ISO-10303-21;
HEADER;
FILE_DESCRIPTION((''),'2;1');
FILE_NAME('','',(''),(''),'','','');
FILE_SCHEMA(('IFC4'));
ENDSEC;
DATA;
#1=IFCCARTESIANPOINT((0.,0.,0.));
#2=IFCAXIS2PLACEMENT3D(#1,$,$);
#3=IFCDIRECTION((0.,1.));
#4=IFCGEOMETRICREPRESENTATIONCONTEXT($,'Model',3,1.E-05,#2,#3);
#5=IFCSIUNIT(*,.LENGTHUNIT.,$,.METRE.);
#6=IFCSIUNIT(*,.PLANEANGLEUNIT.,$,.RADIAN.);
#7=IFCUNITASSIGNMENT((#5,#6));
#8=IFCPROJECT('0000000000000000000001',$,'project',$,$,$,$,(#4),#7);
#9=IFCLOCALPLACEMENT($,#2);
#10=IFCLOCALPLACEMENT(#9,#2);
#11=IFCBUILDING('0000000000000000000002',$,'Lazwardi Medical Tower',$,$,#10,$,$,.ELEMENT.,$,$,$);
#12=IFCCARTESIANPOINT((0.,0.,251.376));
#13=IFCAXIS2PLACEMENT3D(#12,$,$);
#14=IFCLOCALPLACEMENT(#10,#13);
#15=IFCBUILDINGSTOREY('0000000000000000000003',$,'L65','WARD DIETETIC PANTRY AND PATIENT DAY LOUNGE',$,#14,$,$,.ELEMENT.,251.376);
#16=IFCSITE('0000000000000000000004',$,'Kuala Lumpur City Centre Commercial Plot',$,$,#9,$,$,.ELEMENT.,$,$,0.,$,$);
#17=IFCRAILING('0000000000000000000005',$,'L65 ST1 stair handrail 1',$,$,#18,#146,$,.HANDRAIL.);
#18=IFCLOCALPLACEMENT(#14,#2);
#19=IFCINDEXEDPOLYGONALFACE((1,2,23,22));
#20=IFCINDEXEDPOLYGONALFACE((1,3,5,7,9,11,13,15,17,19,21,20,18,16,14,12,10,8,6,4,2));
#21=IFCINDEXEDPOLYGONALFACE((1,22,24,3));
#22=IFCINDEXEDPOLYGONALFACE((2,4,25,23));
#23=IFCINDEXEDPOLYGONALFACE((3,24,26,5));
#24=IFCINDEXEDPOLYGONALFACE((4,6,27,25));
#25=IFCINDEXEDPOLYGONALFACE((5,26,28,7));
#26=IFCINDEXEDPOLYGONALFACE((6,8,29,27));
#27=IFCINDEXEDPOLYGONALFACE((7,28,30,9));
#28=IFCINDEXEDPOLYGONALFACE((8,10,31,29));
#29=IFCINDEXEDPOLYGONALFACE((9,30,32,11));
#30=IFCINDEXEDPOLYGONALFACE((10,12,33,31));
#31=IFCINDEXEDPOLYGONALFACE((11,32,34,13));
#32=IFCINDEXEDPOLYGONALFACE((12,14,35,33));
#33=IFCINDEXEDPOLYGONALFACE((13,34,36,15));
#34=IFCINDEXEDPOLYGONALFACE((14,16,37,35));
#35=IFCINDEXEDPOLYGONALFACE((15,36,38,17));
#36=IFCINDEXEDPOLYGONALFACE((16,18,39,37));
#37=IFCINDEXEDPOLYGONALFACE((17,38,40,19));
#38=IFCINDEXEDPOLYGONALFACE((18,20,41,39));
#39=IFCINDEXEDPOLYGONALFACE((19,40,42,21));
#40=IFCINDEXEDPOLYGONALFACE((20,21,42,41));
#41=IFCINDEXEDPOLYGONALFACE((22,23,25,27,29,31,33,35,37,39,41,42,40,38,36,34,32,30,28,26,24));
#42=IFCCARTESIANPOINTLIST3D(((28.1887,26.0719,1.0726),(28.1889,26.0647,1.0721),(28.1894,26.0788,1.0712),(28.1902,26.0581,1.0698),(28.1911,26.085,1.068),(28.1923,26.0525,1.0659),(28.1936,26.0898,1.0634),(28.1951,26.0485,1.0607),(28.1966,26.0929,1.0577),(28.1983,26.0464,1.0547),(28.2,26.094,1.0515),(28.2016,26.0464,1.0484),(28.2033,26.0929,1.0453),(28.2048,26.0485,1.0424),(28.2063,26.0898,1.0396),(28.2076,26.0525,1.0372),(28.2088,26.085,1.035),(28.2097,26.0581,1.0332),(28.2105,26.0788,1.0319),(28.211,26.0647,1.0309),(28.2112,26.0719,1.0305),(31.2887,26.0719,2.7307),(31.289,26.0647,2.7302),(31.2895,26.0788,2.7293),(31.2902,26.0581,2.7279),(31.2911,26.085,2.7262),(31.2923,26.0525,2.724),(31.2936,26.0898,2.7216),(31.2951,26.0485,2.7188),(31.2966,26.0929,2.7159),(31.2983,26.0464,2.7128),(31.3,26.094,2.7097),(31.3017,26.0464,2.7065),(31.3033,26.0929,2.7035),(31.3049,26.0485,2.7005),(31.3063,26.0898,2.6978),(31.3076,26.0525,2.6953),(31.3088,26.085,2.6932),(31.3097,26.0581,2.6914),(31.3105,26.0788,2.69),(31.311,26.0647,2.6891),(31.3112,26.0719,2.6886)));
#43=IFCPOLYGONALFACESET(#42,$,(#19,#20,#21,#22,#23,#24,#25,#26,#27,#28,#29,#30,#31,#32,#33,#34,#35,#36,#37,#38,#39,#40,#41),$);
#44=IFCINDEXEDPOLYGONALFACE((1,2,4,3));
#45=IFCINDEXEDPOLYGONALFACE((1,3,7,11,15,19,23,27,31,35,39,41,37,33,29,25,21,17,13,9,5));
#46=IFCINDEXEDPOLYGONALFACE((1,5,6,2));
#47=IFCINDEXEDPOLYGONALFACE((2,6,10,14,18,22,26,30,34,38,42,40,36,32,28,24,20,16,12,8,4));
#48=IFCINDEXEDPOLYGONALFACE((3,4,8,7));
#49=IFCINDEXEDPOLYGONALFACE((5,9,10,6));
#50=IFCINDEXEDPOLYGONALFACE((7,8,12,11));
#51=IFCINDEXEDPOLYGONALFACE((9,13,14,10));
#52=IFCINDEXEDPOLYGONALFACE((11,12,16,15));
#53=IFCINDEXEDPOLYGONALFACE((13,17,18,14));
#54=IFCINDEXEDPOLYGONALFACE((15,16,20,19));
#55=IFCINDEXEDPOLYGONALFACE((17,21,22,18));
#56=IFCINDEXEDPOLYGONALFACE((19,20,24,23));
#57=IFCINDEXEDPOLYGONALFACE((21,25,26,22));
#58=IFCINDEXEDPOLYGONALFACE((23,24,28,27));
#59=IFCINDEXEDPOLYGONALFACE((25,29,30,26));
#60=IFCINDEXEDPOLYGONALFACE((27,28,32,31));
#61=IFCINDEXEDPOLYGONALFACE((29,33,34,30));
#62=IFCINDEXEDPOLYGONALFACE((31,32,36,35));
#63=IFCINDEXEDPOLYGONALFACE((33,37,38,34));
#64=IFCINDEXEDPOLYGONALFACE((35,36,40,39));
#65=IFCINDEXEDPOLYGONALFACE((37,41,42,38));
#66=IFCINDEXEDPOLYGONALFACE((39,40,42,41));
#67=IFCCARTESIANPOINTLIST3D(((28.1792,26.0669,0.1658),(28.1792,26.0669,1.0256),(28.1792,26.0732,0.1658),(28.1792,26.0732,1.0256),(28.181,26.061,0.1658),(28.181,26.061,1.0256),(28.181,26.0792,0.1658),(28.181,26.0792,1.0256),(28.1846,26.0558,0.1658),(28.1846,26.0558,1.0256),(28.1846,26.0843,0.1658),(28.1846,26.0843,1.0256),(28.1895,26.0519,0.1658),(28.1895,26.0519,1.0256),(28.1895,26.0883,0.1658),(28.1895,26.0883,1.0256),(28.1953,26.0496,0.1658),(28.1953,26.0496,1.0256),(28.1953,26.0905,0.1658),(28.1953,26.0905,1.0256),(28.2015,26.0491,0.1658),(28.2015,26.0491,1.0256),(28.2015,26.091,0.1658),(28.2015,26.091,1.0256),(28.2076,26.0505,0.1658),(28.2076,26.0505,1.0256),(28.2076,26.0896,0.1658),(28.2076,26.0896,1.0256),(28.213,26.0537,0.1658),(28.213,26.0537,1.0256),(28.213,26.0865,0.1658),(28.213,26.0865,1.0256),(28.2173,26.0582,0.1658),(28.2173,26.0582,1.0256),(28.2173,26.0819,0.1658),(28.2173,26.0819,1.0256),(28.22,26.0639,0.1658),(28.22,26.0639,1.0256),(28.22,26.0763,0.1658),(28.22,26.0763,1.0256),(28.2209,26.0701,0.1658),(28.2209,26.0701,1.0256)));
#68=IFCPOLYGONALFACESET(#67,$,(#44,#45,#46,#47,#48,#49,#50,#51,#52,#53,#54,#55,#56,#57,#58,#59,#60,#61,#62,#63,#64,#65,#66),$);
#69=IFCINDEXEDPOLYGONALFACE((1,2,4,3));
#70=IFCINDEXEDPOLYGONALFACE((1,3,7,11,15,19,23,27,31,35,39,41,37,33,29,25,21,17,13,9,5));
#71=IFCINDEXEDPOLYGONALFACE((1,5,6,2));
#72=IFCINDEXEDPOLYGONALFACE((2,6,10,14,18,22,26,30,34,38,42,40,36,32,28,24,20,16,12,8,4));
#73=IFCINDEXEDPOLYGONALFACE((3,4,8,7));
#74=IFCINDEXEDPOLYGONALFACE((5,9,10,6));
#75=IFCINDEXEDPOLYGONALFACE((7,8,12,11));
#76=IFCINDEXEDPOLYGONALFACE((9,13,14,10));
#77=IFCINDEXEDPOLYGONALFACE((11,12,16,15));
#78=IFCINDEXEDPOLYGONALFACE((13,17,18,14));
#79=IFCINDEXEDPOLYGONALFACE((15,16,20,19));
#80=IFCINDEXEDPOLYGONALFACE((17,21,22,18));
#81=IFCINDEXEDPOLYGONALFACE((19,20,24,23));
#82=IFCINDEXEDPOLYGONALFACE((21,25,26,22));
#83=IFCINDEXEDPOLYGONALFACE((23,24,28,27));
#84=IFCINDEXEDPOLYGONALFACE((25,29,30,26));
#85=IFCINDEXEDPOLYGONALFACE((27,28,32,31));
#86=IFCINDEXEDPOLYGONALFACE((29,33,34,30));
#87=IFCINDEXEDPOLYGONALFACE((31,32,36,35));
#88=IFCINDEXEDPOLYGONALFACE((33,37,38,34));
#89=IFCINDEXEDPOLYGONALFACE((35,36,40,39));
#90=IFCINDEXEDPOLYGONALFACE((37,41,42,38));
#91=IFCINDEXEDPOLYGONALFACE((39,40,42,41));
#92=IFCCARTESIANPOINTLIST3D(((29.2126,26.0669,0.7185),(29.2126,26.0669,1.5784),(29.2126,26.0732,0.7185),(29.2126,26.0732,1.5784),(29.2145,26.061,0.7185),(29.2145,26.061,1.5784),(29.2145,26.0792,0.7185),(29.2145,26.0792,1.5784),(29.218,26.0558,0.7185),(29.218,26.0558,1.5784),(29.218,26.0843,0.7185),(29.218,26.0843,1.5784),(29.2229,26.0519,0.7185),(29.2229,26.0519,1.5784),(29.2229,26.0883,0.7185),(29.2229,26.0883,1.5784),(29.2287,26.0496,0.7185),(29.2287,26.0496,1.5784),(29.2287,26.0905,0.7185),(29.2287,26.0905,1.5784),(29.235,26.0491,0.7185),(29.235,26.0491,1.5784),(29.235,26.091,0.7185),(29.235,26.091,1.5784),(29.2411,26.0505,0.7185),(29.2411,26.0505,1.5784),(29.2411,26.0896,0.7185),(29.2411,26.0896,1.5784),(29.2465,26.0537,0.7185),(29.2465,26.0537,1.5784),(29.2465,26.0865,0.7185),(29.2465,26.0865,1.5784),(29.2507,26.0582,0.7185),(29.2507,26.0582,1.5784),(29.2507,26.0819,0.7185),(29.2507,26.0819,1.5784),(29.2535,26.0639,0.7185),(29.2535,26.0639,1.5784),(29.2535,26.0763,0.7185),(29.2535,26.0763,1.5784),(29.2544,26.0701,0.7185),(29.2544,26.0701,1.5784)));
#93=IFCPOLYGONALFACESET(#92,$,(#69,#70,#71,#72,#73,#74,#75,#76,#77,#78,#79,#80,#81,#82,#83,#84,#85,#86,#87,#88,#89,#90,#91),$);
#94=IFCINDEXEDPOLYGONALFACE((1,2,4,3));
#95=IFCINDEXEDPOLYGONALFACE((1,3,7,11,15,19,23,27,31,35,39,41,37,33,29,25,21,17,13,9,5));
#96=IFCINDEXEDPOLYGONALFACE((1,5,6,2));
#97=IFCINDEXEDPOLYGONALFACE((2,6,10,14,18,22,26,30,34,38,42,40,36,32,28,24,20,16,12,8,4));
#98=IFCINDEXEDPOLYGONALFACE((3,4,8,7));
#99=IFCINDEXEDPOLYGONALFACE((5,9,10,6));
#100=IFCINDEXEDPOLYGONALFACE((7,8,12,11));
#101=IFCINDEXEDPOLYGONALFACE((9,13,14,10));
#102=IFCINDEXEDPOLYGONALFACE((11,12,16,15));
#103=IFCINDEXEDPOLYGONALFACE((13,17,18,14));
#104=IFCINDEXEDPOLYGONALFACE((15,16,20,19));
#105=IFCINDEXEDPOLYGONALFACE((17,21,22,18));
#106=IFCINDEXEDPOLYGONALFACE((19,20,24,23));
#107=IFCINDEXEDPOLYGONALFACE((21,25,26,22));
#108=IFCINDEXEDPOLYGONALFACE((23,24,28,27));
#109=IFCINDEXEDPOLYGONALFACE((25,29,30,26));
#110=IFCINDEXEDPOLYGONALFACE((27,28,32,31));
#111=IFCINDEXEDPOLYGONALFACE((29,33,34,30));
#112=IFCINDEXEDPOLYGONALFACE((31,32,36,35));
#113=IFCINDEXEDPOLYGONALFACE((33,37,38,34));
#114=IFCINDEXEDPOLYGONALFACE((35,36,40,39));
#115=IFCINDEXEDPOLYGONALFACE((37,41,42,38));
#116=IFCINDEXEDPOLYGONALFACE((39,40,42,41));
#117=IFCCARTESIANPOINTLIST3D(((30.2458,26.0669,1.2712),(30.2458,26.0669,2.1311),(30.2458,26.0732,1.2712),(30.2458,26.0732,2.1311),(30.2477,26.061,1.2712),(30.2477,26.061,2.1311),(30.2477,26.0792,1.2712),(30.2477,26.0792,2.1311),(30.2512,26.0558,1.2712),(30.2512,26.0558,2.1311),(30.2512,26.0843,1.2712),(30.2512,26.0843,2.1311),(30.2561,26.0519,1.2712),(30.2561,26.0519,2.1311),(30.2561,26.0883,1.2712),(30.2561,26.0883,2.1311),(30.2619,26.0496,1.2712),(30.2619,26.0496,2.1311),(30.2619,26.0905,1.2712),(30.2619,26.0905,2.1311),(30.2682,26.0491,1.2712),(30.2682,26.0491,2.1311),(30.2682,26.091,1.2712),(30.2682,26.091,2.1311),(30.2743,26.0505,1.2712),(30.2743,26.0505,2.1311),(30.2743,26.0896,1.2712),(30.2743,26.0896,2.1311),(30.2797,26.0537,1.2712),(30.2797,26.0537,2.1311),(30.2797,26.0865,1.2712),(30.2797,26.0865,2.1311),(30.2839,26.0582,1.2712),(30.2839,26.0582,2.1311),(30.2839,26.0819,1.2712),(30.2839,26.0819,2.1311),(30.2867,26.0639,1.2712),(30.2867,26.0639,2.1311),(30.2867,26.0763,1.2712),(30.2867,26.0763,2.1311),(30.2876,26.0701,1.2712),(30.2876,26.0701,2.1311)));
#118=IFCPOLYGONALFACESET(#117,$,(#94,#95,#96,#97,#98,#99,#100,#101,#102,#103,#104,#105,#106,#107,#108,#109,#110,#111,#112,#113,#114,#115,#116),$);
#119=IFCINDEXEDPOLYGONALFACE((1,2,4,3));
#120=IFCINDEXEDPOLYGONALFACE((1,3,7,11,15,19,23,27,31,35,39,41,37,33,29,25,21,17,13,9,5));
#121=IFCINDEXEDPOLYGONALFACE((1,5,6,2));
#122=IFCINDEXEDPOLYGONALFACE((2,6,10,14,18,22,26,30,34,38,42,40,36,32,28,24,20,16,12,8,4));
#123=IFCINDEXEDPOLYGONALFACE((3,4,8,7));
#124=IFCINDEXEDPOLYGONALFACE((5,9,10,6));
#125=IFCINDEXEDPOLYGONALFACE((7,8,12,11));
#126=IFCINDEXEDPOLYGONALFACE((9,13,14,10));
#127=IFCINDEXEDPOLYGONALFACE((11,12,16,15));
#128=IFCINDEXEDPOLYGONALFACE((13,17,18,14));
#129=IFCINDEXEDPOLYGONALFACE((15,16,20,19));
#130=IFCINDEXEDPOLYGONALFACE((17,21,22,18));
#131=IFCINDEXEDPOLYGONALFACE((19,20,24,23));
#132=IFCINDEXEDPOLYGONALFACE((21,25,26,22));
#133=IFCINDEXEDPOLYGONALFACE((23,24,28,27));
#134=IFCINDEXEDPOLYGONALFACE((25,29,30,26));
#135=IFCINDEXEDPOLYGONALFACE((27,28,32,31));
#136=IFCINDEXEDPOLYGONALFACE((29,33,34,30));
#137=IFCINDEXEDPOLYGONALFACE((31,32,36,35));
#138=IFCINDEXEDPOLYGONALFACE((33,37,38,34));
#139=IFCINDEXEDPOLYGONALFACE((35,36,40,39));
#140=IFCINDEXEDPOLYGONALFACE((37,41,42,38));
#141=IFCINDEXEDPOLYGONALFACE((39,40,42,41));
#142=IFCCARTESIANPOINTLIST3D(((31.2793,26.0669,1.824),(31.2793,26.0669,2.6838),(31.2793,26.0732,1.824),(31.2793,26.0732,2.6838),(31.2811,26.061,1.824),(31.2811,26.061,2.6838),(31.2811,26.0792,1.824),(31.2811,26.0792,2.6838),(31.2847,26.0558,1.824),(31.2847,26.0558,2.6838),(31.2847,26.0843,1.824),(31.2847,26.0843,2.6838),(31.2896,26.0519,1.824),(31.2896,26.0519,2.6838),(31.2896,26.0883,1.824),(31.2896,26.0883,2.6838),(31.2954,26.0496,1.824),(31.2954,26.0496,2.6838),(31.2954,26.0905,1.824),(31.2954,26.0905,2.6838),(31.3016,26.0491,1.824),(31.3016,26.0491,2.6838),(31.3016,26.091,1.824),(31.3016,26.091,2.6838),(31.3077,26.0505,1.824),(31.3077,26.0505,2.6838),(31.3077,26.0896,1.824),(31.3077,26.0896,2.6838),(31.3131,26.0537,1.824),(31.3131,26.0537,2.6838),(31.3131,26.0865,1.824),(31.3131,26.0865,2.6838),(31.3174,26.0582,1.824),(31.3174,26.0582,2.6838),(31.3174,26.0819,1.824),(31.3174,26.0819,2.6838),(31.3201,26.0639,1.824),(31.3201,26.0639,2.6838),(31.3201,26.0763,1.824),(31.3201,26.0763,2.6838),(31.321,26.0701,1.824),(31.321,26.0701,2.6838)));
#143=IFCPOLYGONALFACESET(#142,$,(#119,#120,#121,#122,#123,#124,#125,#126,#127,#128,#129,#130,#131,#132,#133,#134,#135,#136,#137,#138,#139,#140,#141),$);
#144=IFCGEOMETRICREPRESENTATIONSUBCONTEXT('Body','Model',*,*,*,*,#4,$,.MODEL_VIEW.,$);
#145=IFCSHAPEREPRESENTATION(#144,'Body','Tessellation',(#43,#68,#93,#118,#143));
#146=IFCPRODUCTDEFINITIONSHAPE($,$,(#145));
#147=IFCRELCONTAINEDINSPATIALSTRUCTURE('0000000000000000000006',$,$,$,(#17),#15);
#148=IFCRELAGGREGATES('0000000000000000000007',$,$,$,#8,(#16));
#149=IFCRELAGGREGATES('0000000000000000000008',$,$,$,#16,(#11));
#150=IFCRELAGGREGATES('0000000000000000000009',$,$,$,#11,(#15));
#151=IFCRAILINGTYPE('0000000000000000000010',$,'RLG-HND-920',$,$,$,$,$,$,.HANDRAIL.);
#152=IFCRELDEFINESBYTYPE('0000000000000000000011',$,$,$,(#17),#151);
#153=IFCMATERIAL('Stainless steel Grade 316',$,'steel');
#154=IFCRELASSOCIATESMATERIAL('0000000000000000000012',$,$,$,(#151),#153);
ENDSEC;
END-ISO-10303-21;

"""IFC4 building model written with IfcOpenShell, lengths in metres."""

from ifc_helpers import new_model, si_unit, direction, frame, origin, origin_2d, place, context, subcontext, project, spatial, circle, extrude, material, type_object, element, save


model = new_model("IFC4")

# Units and contexts
model_context = context("Model", 3, precision=1e-05, world=origin(), true_north=direction((0.0, 1.0)))
body_context = subcontext(model_context, "Body", "Model", "MODEL_VIEW")
ifc_project = project(units=[si_unit("LENGTHUNIT", "METRE"), si_unit("PLANEANGLEUNIT", "RADIAN")], contexts=[model_context])

# Site, building, storey
site_placement = place(None, origin())
site = spatial("IfcSite", under=ifc_project, at=site_placement, Name="Kuala Lumpur City Centre Commercial Plot", CompositionType="ELEMENT", RefElevation=0.0)
building_placement = place(site_placement, origin())
building = spatial("IfcBuilding", under=site, at=building_placement, Name="Lazwardi Medical Tower", CompositionType="ELEMENT")
storey_placement = place(building_placement, frame((0.0, 0.0, 251.376)))
storey = spatial("IfcBuildingStorey", under=building, at=storey_placement, Name="L65", Description="WARD DIETETIC PANTRY AND PATIENT DAY LOUNGE", CompositionType="ELEMENT", Elevation=251.376)

# Railing
ifc_material_1 = material(Name="Stainless steel Grade 316", Category="steel")
railing_type_1 = type_object("IfcRailingType", Name="RLG-HND-920", PredefinedType="HANDRAIL", material=ifc_material_1)
railing_1_placement = place(storey_placement, frame((28.2, 26.0701, 0.1658)))
element("IfcRailing", 1, at=railing_1_placement, inside=storey, type_object=railing_type_1, Name="L65 ST1 stair handrail 1", PredefinedType="HANDRAIL", context=body_context, shape_type="SweptSolid", body=[
    extrude(circle(Radius=0.0239, at=origin_2d()), frame((0.0, 0.0, 0.8857), z_axis=(0.881783, 0.0, 0.471655), x_axis=(0.0, 1.0, 0.0)), (0.0, 0.0, 1.0), 3.5156),
    extrude(circle(Radius=0.021, at=origin_2d()), origin(), (0.0, 0.0, 1.0), 0.8599),
    extrude(circle(Radius=0.021, at=origin_2d()), frame((1.0334, 0.0, 0.5527)), (0.0, 0.0, 1.0), 0.8599),
    extrude(circle(Radius=0.021, at=origin_2d()), frame((2.0667, 0.0, 1.1055)), (0.0, 0.0, 1.0), 0.8599),
    extrude(circle(Radius=0.021, at=origin_2d()), frame((3.1001, 0.0, 1.6582)), (0.0, 0.0, 1.0), 0.8599),
])

save(model, "model.ifc")
